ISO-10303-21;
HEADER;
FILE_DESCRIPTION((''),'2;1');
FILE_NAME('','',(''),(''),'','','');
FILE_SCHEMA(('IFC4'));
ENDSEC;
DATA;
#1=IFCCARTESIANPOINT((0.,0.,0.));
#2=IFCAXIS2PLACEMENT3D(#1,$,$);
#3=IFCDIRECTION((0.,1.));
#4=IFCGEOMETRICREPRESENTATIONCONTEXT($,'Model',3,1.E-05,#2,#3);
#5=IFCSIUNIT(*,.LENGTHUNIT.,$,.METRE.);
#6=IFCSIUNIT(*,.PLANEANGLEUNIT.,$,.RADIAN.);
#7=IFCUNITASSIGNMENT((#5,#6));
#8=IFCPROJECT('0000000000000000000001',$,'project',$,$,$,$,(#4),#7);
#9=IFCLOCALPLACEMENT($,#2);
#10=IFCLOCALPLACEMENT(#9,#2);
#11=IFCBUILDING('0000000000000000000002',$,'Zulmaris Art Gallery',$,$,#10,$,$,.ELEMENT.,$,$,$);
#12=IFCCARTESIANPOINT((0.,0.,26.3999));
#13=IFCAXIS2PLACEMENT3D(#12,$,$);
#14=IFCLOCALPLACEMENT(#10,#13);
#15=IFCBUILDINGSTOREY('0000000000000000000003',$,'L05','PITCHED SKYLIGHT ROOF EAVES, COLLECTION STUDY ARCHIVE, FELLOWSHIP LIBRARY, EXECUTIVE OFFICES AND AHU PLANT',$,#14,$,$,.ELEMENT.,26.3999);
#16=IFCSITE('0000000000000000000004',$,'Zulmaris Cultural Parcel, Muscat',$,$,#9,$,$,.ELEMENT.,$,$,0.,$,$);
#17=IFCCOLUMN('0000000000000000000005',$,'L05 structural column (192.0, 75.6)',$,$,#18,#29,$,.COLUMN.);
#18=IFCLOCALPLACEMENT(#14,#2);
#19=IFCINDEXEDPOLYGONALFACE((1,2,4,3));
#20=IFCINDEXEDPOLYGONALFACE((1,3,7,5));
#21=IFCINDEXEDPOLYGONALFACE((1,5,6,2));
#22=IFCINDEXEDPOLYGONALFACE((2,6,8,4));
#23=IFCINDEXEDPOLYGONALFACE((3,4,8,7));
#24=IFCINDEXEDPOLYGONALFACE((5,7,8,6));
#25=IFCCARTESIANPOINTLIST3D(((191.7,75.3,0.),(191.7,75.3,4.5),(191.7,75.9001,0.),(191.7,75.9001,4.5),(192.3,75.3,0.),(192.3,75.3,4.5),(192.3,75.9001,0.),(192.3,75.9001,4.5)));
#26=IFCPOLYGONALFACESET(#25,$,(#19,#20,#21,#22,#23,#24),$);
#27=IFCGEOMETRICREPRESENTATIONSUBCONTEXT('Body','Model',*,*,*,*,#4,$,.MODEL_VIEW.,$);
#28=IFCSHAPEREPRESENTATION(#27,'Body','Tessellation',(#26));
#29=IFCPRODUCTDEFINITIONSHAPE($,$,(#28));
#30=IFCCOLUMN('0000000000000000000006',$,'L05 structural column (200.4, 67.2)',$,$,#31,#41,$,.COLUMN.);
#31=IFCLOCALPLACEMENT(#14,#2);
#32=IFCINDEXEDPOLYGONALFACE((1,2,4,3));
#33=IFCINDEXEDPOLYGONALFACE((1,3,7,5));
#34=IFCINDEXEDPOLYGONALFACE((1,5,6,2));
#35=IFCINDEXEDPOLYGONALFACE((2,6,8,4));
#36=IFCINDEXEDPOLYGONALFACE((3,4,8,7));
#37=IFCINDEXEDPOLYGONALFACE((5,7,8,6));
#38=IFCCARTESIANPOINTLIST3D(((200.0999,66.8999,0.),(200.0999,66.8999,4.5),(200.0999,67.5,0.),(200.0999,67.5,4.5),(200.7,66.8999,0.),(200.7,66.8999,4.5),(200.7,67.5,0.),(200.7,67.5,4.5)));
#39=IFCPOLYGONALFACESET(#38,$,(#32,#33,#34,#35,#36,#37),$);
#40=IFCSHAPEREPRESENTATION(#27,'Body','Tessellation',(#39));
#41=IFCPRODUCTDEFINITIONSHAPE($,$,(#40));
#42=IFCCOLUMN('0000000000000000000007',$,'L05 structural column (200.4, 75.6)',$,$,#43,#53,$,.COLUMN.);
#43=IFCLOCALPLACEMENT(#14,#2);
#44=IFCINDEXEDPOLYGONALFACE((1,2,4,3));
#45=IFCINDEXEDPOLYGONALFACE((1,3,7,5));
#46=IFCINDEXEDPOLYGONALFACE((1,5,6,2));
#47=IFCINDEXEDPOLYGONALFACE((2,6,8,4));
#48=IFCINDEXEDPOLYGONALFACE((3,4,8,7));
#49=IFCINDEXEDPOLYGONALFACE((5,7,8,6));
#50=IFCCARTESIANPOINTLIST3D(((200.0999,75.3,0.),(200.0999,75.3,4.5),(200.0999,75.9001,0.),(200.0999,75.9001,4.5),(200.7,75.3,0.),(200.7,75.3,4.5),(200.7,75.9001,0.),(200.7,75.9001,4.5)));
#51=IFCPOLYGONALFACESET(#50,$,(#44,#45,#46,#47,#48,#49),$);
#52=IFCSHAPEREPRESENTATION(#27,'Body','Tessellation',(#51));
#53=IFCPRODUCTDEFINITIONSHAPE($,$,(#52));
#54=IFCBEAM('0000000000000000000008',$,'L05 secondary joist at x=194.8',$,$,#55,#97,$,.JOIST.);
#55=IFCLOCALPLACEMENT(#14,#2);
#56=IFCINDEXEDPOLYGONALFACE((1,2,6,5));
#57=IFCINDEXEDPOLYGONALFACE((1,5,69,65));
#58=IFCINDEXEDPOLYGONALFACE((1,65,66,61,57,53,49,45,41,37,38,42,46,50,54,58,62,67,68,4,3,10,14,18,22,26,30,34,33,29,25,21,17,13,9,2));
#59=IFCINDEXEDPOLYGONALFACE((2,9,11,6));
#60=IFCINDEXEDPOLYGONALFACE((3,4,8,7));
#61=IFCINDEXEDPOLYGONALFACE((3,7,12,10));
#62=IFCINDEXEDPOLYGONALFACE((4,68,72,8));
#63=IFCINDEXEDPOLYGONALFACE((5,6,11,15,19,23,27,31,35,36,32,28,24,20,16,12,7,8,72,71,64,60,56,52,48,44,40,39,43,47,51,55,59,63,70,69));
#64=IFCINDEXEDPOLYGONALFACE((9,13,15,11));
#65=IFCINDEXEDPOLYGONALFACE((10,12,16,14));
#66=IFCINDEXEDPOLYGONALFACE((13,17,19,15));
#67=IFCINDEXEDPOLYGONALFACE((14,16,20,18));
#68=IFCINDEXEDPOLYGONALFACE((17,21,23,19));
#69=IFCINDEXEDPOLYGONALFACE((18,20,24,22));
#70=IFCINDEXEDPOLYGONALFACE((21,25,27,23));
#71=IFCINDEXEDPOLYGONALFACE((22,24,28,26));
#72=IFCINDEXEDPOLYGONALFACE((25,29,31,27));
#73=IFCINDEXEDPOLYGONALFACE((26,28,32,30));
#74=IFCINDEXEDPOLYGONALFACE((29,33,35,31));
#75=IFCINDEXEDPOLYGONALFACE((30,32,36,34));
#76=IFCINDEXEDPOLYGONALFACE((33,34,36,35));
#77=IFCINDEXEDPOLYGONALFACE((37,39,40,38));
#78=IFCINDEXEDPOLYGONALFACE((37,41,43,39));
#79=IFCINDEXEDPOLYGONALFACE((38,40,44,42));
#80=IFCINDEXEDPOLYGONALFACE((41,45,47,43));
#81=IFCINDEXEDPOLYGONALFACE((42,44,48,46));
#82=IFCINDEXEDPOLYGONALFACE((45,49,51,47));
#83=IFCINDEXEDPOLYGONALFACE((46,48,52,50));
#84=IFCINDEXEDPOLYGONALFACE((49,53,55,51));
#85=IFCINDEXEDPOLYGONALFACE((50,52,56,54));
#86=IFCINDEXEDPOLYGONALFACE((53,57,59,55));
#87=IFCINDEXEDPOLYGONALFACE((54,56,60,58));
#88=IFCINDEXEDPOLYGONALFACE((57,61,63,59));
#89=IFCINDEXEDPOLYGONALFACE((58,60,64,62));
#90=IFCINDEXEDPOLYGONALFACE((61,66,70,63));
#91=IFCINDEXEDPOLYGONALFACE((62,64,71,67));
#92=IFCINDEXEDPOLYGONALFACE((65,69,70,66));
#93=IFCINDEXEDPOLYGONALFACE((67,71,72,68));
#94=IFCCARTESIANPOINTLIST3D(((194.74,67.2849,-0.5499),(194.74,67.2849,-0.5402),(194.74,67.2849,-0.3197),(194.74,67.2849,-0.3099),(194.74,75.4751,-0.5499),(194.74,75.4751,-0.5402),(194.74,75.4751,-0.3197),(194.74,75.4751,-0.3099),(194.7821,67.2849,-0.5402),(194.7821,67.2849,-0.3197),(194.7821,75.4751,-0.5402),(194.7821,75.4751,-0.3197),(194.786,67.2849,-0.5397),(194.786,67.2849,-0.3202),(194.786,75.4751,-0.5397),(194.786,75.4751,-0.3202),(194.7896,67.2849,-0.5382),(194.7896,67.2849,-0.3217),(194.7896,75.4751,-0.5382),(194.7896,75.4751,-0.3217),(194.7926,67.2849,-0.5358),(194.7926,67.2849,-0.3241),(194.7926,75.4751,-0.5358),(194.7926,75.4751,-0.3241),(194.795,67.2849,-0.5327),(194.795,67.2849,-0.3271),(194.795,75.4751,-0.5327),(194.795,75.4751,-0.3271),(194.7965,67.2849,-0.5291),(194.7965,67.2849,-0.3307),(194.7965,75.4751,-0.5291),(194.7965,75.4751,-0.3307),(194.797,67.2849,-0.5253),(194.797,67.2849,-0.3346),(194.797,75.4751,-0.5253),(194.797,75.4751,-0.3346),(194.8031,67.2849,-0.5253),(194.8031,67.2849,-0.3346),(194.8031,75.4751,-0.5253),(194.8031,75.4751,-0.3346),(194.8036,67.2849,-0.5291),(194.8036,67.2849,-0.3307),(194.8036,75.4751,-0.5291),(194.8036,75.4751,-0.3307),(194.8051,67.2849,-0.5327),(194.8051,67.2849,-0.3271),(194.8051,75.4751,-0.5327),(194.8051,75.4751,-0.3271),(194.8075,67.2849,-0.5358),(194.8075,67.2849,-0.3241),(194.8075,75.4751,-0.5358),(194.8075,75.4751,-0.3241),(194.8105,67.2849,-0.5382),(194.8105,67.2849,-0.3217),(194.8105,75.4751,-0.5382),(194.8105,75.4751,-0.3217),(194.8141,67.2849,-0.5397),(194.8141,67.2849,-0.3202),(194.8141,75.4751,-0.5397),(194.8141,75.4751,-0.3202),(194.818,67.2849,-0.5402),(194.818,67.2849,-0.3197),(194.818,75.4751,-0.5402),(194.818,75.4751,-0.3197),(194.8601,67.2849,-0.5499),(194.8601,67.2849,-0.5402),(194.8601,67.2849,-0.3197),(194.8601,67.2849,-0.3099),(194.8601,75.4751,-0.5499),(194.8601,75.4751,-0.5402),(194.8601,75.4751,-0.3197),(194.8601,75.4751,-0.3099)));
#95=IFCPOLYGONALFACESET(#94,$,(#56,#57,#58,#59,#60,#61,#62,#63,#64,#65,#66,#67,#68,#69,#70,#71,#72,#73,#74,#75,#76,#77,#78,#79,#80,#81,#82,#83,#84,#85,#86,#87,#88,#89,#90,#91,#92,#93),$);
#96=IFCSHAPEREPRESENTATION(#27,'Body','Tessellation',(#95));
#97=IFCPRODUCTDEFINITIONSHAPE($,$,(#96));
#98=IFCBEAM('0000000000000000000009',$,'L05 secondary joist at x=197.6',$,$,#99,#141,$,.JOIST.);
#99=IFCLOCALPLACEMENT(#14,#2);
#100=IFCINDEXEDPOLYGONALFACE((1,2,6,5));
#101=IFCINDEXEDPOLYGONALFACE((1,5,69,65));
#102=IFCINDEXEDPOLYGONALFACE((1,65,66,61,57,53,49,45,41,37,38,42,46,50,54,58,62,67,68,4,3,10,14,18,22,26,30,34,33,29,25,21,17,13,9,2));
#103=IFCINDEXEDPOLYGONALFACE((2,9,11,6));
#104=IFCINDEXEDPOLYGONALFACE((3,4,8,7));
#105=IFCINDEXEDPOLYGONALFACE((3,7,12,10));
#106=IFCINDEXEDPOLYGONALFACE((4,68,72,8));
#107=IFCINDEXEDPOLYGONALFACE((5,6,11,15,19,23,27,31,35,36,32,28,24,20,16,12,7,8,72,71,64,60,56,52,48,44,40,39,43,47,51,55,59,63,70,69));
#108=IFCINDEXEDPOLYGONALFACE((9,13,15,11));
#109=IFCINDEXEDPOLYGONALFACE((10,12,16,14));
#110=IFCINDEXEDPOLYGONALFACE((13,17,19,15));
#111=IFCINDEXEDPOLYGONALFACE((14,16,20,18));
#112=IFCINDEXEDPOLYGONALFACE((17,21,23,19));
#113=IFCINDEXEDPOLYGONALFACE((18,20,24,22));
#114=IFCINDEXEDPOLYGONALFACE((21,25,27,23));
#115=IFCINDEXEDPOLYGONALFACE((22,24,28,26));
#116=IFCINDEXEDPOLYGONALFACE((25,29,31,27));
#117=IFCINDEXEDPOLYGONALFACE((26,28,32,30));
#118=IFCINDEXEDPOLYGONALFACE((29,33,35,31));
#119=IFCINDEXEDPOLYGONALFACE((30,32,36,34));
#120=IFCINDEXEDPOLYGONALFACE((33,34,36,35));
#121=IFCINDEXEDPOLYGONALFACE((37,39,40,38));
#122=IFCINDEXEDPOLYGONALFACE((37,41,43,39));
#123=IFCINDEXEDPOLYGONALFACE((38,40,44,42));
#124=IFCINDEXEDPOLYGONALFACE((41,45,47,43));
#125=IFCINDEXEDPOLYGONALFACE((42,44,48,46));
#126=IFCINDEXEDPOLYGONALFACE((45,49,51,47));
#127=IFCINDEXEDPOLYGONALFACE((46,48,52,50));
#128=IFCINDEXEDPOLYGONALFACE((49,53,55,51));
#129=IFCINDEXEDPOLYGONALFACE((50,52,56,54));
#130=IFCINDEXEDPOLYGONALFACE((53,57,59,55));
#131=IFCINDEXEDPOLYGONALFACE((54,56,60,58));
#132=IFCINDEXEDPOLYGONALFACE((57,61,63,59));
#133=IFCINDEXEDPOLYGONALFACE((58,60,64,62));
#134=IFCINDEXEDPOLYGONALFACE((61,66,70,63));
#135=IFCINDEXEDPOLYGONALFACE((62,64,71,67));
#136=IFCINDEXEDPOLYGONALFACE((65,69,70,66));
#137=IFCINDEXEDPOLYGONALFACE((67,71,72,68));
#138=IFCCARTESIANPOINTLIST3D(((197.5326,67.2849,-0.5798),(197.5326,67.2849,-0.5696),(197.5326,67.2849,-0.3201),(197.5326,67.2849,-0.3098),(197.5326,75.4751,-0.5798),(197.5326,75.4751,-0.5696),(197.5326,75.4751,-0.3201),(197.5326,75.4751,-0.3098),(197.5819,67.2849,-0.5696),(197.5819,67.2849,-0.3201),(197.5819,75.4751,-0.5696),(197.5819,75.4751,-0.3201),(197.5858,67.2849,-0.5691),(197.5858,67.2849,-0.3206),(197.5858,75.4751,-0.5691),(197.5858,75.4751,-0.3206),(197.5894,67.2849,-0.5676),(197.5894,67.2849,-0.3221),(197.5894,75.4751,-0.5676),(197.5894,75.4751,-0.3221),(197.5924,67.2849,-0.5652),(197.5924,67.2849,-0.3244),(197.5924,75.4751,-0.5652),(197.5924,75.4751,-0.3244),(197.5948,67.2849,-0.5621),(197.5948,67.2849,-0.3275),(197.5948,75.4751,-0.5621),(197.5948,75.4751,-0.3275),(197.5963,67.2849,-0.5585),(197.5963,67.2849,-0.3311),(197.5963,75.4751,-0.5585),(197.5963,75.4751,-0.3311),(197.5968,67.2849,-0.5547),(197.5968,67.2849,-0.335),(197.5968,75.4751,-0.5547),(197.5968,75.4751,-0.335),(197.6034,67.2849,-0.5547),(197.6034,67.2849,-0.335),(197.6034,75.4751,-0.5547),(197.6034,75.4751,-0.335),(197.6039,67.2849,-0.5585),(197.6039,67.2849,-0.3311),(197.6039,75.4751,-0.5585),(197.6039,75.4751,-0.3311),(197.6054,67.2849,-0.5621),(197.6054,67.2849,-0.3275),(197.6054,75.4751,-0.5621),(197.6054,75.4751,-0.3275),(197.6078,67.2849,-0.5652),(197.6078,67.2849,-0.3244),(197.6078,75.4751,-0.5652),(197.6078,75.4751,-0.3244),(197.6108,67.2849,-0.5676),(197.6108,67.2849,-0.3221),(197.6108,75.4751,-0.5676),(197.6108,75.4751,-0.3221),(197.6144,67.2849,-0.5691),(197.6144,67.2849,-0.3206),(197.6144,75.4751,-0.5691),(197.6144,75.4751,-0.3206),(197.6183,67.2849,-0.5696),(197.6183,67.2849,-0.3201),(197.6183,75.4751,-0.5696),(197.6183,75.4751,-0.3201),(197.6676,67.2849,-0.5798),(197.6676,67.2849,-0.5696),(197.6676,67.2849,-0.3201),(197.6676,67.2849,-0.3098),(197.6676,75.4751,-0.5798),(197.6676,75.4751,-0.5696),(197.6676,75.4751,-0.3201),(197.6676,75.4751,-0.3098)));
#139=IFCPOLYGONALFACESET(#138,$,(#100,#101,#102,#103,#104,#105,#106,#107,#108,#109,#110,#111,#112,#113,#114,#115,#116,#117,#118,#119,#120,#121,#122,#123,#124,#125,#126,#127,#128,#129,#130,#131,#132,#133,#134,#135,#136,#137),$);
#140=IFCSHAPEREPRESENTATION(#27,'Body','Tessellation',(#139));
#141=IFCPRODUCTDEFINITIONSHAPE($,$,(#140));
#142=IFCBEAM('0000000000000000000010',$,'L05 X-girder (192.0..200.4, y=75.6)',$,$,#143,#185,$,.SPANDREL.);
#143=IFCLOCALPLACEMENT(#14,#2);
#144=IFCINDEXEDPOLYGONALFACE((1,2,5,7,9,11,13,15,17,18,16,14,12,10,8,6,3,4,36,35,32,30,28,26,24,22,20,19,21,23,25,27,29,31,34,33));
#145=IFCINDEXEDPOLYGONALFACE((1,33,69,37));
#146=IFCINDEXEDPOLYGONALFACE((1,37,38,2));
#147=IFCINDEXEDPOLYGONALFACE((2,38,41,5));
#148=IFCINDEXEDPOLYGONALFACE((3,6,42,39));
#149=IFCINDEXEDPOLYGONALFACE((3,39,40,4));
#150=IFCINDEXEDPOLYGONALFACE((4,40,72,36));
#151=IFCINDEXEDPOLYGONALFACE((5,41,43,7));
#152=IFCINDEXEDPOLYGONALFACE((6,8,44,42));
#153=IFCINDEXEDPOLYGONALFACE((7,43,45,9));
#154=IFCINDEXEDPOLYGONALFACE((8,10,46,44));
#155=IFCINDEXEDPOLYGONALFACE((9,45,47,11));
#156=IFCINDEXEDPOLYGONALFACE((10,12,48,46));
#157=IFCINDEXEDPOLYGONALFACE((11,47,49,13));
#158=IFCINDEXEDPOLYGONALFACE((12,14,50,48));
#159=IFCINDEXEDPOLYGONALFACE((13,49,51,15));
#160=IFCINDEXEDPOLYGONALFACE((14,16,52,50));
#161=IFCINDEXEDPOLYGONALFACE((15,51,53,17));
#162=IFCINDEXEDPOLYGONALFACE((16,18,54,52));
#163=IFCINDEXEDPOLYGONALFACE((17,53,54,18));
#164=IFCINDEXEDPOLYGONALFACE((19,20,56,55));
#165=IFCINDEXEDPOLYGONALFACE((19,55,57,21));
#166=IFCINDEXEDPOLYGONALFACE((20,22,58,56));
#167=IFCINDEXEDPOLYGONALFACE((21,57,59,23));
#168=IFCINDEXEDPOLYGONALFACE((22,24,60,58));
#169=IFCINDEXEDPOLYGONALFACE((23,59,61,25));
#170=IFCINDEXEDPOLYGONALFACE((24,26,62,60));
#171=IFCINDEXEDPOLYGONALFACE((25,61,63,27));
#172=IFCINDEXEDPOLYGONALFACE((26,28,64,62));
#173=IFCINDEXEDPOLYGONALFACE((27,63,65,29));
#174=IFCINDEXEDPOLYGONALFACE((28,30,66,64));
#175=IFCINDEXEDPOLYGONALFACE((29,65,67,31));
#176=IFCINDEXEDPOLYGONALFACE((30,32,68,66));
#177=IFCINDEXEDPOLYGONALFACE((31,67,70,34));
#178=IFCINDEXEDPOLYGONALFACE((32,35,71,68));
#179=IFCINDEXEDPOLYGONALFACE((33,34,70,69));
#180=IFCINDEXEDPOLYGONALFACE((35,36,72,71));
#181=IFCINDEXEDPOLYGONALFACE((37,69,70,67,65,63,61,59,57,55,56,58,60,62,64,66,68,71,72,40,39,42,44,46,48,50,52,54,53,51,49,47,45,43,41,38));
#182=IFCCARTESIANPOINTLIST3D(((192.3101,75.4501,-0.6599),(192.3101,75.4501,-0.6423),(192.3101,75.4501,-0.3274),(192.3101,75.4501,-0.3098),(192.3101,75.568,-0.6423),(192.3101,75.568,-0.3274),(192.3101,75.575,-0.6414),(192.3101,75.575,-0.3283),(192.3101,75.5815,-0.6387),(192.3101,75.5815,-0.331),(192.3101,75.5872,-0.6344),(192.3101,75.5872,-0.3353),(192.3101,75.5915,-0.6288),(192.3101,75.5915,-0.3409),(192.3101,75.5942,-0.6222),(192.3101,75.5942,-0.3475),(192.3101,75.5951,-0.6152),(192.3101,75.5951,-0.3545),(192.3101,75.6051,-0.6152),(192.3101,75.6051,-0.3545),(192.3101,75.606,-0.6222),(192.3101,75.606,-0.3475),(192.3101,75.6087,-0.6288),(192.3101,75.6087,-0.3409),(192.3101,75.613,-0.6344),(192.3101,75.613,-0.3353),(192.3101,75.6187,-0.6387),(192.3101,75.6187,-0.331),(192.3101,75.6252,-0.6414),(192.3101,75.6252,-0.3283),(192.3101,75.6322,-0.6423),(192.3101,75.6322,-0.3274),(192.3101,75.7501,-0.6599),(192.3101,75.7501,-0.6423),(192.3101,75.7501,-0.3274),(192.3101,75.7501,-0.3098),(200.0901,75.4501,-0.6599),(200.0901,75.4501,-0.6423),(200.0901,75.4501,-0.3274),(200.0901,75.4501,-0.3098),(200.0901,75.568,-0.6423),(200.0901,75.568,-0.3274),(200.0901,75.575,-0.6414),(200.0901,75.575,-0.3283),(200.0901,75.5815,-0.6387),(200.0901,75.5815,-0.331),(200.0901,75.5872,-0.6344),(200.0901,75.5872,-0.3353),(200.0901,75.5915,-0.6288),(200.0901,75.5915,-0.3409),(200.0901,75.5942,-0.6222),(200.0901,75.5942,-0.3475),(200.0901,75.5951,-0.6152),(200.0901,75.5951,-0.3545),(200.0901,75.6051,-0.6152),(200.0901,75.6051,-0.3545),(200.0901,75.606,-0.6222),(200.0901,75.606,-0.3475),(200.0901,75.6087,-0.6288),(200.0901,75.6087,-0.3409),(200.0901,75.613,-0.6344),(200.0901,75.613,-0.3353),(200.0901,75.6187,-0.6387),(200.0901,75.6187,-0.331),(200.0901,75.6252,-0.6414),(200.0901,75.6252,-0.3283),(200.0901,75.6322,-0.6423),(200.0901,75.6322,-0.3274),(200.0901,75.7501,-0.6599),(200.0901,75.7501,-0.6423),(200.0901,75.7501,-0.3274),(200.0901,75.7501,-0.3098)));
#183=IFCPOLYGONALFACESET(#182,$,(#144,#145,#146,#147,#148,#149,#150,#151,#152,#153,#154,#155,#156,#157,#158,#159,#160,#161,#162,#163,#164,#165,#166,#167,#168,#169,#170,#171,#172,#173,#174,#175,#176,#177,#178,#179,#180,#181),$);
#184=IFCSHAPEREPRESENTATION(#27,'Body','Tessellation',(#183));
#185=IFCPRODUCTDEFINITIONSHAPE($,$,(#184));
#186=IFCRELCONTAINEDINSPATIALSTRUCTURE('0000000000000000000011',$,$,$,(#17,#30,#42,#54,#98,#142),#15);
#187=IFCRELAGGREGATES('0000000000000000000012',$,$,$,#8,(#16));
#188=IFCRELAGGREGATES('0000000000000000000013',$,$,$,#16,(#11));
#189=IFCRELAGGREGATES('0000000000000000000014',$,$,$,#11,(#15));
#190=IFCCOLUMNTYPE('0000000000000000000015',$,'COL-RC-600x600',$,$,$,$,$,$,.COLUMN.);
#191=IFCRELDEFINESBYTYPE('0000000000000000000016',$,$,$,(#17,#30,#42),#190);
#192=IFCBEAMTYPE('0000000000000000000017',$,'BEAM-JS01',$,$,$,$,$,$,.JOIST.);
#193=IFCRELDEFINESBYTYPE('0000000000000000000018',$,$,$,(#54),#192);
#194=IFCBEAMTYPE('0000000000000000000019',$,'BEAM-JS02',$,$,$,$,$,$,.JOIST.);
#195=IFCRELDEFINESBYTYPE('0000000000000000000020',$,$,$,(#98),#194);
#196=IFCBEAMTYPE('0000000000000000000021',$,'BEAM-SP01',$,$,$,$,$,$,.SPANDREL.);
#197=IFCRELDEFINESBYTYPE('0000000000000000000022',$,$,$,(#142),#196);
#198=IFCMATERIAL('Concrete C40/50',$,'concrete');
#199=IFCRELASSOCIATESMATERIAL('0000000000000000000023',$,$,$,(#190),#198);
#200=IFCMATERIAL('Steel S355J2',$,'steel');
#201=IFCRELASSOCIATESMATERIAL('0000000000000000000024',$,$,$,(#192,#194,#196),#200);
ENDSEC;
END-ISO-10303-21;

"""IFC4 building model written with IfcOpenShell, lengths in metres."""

from ifc_helpers import new_model, si_unit, direction, frame, origin, origin_2d, place, context, subcontext, project, spatial, rectangle, i_section, extrude, material, material_profile, profile_set, type_object, element, save


model = new_model("IFC4")

# Units and contexts
model_context = context("Model", 3, precision=1e-05, world=origin(), true_north=direction((0.0, 1.0)))
body_context = subcontext(model_context, "Body", "Model", "MODEL_VIEW")
ifc_project = project(units=[si_unit("LENGTHUNIT", "METRE"), si_unit("PLANEANGLEUNIT", "RADIAN")], contexts=[model_context])

# Site, building, storey
site_placement = place(None, origin())
site = spatial("IfcSite", under=ifc_project, at=site_placement, Name="Zulmaris Cultural Parcel, Muscat", CompositionType="ELEMENT", RefElevation=0.0)
building_placement = place(site_placement, origin())
building = spatial("IfcBuilding", under=site, at=building_placement, Name="Zulmaris Art Gallery", CompositionType="ELEMENT")
storey_placement = place(building_placement, frame((0.0, 0.0, 26.3999)))
storey = spatial("IfcBuildingStorey", under=building, at=storey_placement, Name="L05", Description="PITCHED SKYLIGHT ROOF EAVES, COLLECTION STUDY ARCHIVE, FELLOWSHIP LIBRARY, EXECUTIVE OFFICES AND AHU PLANT", CompositionType="ELEMENT", Elevation=26.3999)

# Columns
ifc_material_1 = material(Name="Concrete C40/50", Category="concrete")
ifc_material_profile_1 = material_profile(ifc_material_1, rectangle(XDim=0.6001, YDim=0.6001, at=origin_2d()), Name="RC 600x600")
ifc_profile_set_1 = profile_set([ifc_material_profile_1], Name="Concrete C40/50")
column_type = type_object("IfcColumnType", Name="COL-RC-600x600", PredefinedType="COLUMN", material=ifc_profile_set_1)
for number, where, z_axis, x_axis, name in (
    (1, (192.0, 75.6001, 0.0), (0.0, 0.0, 1.0), (1.0, 0.0, 0.0), "L05 structural column (192.0, 75.6)"),
    (2, (200.3999, 67.2, 0.0), (0.0, 0.0, 1.0), (1.0, 0.0, 0.0), "L05 structural column (200.4, 67.2)"),
    (3, (200.3999, 75.6001, 0.0), (0.0, 0.0, 1.0), (1.0, 0.0, 0.0), "L05 structural column (200.4, 75.6)"),
):
    element("IfcColumn", number, at=place(storey_placement, frame(where, z_axis=z_axis, x_axis=x_axis)), inside=storey, type_object=column_type, Name=name, PredefinedType="COLUMN", context=body_context, shape_type="SweptSolid", body=[
        extrude(rectangle(XDim=0.6001, YDim=0.6001, at=origin_2d()), origin(), (0.0, 0.0, 1.0), 4.5),
    ])

# Beams
ifc_material_2 = material(Name="Steel S355J2", Category="steel")
ifc_material_profile_2 = material_profile(ifc_material_2, i_section(OverallWidth=0.1201, OverallDepth=0.24, WebThickness=0.0061, FlangeThickness=0.0098, FilletRadius=0.0149, at=origin_2d()), Name="IPE 240")
ifc_profile_set_2 = profile_set([ifc_material_profile_2], Name="Steel S355J2")
beam_type_1 = type_object("IfcBeamType", Name="BEAM-JS01", PredefinedType="JOIST", material=ifc_profile_set_2)
beam_1_placement = place(storey_placement, frame((194.8, 67.2849, -0.4299), z_axis=(0.0, 1.0, 0.0), x_axis=(-1.0, 0.0, 0.0)))
element("IfcBeam", 4, at=beam_1_placement, inside=storey, type_object=beam_type_1, Name="L05 secondary joist at x=194.8", PredefinedType="JOIST", context=body_context, shape_type="SweptSolid", body=[
    extrude(i_section(OverallWidth=0.1201, OverallDepth=0.24, WebThickness=0.0061, FlangeThickness=0.0098, FilletRadius=0.0149, at=origin_2d()), origin(), (0.0, 0.0, 1.0), 8.1902),
])
ifc_material_profile_3 = material_profile(ifc_material_2, i_section(OverallWidth=0.135, OverallDepth=0.27, WebThickness=0.0066, FlangeThickness=0.0103, FilletRadius=0.0149, at=origin_2d()), Name="IPE 270")
ifc_profile_set_3 = profile_set([ifc_material_profile_3], Name="Steel S355J2")
beam_type_2 = type_object("IfcBeamType", Name="BEAM-JS02", PredefinedType="JOIST", material=ifc_profile_set_3)
beam_2_placement = place(storey_placement, frame((197.6001, 67.2849, -0.4448), z_axis=(0.0, 1.0, 0.0), x_axis=(-1.0, 0.0, 0.0)))
element("IfcBeam", 5, at=beam_2_placement, inside=storey, type_object=beam_type_2, Name="L05 secondary joist at x=197.6", PredefinedType="JOIST", context=body_context, shape_type="SweptSolid", body=[
    extrude(i_section(OverallWidth=0.135, OverallDepth=0.27, WebThickness=0.0066, FlangeThickness=0.0103, FilletRadius=0.0149, at=origin_2d()), origin(), (0.0, 0.0, 1.0), 8.1902),
])
ifc_material_profile_4 = material_profile(ifc_material_2, i_section(OverallWidth=0.3, OverallDepth=0.3501, WebThickness=0.01, FlangeThickness=0.0176, FilletRadius=0.0271, at=origin_2d()), Name="HEA 360")
ifc_profile_set_4 = profile_set([ifc_material_profile_4], Name="Steel S355J2")
beam_type_3 = type_object("IfcBeamType", Name="BEAM-SP01", PredefinedType="SPANDREL", material=ifc_profile_set_4)
beam_3_placement = place(storey_placement, frame((192.3101, 75.6001, -0.4849), z_axis=(1.0, 0.0, 0.0), x_axis=(0.0, 1.0, 0.0)))
element("IfcBeam", 6, at=beam_3_placement, inside=storey, type_object=beam_type_3, Name="L05 X-girder (192.0..200.4, y=75.6)", PredefinedType="SPANDREL", context=body_context, shape_type="SweptSolid", body=[
    extrude(i_section(OverallWidth=0.3, OverallDepth=0.3501, WebThickness=0.01, FlangeThickness=0.0176, FilletRadius=0.0271, at=origin_2d()), origin(), (0.0, 0.0, 1.0), 7.78),
])

save(model, "model.ifc")
